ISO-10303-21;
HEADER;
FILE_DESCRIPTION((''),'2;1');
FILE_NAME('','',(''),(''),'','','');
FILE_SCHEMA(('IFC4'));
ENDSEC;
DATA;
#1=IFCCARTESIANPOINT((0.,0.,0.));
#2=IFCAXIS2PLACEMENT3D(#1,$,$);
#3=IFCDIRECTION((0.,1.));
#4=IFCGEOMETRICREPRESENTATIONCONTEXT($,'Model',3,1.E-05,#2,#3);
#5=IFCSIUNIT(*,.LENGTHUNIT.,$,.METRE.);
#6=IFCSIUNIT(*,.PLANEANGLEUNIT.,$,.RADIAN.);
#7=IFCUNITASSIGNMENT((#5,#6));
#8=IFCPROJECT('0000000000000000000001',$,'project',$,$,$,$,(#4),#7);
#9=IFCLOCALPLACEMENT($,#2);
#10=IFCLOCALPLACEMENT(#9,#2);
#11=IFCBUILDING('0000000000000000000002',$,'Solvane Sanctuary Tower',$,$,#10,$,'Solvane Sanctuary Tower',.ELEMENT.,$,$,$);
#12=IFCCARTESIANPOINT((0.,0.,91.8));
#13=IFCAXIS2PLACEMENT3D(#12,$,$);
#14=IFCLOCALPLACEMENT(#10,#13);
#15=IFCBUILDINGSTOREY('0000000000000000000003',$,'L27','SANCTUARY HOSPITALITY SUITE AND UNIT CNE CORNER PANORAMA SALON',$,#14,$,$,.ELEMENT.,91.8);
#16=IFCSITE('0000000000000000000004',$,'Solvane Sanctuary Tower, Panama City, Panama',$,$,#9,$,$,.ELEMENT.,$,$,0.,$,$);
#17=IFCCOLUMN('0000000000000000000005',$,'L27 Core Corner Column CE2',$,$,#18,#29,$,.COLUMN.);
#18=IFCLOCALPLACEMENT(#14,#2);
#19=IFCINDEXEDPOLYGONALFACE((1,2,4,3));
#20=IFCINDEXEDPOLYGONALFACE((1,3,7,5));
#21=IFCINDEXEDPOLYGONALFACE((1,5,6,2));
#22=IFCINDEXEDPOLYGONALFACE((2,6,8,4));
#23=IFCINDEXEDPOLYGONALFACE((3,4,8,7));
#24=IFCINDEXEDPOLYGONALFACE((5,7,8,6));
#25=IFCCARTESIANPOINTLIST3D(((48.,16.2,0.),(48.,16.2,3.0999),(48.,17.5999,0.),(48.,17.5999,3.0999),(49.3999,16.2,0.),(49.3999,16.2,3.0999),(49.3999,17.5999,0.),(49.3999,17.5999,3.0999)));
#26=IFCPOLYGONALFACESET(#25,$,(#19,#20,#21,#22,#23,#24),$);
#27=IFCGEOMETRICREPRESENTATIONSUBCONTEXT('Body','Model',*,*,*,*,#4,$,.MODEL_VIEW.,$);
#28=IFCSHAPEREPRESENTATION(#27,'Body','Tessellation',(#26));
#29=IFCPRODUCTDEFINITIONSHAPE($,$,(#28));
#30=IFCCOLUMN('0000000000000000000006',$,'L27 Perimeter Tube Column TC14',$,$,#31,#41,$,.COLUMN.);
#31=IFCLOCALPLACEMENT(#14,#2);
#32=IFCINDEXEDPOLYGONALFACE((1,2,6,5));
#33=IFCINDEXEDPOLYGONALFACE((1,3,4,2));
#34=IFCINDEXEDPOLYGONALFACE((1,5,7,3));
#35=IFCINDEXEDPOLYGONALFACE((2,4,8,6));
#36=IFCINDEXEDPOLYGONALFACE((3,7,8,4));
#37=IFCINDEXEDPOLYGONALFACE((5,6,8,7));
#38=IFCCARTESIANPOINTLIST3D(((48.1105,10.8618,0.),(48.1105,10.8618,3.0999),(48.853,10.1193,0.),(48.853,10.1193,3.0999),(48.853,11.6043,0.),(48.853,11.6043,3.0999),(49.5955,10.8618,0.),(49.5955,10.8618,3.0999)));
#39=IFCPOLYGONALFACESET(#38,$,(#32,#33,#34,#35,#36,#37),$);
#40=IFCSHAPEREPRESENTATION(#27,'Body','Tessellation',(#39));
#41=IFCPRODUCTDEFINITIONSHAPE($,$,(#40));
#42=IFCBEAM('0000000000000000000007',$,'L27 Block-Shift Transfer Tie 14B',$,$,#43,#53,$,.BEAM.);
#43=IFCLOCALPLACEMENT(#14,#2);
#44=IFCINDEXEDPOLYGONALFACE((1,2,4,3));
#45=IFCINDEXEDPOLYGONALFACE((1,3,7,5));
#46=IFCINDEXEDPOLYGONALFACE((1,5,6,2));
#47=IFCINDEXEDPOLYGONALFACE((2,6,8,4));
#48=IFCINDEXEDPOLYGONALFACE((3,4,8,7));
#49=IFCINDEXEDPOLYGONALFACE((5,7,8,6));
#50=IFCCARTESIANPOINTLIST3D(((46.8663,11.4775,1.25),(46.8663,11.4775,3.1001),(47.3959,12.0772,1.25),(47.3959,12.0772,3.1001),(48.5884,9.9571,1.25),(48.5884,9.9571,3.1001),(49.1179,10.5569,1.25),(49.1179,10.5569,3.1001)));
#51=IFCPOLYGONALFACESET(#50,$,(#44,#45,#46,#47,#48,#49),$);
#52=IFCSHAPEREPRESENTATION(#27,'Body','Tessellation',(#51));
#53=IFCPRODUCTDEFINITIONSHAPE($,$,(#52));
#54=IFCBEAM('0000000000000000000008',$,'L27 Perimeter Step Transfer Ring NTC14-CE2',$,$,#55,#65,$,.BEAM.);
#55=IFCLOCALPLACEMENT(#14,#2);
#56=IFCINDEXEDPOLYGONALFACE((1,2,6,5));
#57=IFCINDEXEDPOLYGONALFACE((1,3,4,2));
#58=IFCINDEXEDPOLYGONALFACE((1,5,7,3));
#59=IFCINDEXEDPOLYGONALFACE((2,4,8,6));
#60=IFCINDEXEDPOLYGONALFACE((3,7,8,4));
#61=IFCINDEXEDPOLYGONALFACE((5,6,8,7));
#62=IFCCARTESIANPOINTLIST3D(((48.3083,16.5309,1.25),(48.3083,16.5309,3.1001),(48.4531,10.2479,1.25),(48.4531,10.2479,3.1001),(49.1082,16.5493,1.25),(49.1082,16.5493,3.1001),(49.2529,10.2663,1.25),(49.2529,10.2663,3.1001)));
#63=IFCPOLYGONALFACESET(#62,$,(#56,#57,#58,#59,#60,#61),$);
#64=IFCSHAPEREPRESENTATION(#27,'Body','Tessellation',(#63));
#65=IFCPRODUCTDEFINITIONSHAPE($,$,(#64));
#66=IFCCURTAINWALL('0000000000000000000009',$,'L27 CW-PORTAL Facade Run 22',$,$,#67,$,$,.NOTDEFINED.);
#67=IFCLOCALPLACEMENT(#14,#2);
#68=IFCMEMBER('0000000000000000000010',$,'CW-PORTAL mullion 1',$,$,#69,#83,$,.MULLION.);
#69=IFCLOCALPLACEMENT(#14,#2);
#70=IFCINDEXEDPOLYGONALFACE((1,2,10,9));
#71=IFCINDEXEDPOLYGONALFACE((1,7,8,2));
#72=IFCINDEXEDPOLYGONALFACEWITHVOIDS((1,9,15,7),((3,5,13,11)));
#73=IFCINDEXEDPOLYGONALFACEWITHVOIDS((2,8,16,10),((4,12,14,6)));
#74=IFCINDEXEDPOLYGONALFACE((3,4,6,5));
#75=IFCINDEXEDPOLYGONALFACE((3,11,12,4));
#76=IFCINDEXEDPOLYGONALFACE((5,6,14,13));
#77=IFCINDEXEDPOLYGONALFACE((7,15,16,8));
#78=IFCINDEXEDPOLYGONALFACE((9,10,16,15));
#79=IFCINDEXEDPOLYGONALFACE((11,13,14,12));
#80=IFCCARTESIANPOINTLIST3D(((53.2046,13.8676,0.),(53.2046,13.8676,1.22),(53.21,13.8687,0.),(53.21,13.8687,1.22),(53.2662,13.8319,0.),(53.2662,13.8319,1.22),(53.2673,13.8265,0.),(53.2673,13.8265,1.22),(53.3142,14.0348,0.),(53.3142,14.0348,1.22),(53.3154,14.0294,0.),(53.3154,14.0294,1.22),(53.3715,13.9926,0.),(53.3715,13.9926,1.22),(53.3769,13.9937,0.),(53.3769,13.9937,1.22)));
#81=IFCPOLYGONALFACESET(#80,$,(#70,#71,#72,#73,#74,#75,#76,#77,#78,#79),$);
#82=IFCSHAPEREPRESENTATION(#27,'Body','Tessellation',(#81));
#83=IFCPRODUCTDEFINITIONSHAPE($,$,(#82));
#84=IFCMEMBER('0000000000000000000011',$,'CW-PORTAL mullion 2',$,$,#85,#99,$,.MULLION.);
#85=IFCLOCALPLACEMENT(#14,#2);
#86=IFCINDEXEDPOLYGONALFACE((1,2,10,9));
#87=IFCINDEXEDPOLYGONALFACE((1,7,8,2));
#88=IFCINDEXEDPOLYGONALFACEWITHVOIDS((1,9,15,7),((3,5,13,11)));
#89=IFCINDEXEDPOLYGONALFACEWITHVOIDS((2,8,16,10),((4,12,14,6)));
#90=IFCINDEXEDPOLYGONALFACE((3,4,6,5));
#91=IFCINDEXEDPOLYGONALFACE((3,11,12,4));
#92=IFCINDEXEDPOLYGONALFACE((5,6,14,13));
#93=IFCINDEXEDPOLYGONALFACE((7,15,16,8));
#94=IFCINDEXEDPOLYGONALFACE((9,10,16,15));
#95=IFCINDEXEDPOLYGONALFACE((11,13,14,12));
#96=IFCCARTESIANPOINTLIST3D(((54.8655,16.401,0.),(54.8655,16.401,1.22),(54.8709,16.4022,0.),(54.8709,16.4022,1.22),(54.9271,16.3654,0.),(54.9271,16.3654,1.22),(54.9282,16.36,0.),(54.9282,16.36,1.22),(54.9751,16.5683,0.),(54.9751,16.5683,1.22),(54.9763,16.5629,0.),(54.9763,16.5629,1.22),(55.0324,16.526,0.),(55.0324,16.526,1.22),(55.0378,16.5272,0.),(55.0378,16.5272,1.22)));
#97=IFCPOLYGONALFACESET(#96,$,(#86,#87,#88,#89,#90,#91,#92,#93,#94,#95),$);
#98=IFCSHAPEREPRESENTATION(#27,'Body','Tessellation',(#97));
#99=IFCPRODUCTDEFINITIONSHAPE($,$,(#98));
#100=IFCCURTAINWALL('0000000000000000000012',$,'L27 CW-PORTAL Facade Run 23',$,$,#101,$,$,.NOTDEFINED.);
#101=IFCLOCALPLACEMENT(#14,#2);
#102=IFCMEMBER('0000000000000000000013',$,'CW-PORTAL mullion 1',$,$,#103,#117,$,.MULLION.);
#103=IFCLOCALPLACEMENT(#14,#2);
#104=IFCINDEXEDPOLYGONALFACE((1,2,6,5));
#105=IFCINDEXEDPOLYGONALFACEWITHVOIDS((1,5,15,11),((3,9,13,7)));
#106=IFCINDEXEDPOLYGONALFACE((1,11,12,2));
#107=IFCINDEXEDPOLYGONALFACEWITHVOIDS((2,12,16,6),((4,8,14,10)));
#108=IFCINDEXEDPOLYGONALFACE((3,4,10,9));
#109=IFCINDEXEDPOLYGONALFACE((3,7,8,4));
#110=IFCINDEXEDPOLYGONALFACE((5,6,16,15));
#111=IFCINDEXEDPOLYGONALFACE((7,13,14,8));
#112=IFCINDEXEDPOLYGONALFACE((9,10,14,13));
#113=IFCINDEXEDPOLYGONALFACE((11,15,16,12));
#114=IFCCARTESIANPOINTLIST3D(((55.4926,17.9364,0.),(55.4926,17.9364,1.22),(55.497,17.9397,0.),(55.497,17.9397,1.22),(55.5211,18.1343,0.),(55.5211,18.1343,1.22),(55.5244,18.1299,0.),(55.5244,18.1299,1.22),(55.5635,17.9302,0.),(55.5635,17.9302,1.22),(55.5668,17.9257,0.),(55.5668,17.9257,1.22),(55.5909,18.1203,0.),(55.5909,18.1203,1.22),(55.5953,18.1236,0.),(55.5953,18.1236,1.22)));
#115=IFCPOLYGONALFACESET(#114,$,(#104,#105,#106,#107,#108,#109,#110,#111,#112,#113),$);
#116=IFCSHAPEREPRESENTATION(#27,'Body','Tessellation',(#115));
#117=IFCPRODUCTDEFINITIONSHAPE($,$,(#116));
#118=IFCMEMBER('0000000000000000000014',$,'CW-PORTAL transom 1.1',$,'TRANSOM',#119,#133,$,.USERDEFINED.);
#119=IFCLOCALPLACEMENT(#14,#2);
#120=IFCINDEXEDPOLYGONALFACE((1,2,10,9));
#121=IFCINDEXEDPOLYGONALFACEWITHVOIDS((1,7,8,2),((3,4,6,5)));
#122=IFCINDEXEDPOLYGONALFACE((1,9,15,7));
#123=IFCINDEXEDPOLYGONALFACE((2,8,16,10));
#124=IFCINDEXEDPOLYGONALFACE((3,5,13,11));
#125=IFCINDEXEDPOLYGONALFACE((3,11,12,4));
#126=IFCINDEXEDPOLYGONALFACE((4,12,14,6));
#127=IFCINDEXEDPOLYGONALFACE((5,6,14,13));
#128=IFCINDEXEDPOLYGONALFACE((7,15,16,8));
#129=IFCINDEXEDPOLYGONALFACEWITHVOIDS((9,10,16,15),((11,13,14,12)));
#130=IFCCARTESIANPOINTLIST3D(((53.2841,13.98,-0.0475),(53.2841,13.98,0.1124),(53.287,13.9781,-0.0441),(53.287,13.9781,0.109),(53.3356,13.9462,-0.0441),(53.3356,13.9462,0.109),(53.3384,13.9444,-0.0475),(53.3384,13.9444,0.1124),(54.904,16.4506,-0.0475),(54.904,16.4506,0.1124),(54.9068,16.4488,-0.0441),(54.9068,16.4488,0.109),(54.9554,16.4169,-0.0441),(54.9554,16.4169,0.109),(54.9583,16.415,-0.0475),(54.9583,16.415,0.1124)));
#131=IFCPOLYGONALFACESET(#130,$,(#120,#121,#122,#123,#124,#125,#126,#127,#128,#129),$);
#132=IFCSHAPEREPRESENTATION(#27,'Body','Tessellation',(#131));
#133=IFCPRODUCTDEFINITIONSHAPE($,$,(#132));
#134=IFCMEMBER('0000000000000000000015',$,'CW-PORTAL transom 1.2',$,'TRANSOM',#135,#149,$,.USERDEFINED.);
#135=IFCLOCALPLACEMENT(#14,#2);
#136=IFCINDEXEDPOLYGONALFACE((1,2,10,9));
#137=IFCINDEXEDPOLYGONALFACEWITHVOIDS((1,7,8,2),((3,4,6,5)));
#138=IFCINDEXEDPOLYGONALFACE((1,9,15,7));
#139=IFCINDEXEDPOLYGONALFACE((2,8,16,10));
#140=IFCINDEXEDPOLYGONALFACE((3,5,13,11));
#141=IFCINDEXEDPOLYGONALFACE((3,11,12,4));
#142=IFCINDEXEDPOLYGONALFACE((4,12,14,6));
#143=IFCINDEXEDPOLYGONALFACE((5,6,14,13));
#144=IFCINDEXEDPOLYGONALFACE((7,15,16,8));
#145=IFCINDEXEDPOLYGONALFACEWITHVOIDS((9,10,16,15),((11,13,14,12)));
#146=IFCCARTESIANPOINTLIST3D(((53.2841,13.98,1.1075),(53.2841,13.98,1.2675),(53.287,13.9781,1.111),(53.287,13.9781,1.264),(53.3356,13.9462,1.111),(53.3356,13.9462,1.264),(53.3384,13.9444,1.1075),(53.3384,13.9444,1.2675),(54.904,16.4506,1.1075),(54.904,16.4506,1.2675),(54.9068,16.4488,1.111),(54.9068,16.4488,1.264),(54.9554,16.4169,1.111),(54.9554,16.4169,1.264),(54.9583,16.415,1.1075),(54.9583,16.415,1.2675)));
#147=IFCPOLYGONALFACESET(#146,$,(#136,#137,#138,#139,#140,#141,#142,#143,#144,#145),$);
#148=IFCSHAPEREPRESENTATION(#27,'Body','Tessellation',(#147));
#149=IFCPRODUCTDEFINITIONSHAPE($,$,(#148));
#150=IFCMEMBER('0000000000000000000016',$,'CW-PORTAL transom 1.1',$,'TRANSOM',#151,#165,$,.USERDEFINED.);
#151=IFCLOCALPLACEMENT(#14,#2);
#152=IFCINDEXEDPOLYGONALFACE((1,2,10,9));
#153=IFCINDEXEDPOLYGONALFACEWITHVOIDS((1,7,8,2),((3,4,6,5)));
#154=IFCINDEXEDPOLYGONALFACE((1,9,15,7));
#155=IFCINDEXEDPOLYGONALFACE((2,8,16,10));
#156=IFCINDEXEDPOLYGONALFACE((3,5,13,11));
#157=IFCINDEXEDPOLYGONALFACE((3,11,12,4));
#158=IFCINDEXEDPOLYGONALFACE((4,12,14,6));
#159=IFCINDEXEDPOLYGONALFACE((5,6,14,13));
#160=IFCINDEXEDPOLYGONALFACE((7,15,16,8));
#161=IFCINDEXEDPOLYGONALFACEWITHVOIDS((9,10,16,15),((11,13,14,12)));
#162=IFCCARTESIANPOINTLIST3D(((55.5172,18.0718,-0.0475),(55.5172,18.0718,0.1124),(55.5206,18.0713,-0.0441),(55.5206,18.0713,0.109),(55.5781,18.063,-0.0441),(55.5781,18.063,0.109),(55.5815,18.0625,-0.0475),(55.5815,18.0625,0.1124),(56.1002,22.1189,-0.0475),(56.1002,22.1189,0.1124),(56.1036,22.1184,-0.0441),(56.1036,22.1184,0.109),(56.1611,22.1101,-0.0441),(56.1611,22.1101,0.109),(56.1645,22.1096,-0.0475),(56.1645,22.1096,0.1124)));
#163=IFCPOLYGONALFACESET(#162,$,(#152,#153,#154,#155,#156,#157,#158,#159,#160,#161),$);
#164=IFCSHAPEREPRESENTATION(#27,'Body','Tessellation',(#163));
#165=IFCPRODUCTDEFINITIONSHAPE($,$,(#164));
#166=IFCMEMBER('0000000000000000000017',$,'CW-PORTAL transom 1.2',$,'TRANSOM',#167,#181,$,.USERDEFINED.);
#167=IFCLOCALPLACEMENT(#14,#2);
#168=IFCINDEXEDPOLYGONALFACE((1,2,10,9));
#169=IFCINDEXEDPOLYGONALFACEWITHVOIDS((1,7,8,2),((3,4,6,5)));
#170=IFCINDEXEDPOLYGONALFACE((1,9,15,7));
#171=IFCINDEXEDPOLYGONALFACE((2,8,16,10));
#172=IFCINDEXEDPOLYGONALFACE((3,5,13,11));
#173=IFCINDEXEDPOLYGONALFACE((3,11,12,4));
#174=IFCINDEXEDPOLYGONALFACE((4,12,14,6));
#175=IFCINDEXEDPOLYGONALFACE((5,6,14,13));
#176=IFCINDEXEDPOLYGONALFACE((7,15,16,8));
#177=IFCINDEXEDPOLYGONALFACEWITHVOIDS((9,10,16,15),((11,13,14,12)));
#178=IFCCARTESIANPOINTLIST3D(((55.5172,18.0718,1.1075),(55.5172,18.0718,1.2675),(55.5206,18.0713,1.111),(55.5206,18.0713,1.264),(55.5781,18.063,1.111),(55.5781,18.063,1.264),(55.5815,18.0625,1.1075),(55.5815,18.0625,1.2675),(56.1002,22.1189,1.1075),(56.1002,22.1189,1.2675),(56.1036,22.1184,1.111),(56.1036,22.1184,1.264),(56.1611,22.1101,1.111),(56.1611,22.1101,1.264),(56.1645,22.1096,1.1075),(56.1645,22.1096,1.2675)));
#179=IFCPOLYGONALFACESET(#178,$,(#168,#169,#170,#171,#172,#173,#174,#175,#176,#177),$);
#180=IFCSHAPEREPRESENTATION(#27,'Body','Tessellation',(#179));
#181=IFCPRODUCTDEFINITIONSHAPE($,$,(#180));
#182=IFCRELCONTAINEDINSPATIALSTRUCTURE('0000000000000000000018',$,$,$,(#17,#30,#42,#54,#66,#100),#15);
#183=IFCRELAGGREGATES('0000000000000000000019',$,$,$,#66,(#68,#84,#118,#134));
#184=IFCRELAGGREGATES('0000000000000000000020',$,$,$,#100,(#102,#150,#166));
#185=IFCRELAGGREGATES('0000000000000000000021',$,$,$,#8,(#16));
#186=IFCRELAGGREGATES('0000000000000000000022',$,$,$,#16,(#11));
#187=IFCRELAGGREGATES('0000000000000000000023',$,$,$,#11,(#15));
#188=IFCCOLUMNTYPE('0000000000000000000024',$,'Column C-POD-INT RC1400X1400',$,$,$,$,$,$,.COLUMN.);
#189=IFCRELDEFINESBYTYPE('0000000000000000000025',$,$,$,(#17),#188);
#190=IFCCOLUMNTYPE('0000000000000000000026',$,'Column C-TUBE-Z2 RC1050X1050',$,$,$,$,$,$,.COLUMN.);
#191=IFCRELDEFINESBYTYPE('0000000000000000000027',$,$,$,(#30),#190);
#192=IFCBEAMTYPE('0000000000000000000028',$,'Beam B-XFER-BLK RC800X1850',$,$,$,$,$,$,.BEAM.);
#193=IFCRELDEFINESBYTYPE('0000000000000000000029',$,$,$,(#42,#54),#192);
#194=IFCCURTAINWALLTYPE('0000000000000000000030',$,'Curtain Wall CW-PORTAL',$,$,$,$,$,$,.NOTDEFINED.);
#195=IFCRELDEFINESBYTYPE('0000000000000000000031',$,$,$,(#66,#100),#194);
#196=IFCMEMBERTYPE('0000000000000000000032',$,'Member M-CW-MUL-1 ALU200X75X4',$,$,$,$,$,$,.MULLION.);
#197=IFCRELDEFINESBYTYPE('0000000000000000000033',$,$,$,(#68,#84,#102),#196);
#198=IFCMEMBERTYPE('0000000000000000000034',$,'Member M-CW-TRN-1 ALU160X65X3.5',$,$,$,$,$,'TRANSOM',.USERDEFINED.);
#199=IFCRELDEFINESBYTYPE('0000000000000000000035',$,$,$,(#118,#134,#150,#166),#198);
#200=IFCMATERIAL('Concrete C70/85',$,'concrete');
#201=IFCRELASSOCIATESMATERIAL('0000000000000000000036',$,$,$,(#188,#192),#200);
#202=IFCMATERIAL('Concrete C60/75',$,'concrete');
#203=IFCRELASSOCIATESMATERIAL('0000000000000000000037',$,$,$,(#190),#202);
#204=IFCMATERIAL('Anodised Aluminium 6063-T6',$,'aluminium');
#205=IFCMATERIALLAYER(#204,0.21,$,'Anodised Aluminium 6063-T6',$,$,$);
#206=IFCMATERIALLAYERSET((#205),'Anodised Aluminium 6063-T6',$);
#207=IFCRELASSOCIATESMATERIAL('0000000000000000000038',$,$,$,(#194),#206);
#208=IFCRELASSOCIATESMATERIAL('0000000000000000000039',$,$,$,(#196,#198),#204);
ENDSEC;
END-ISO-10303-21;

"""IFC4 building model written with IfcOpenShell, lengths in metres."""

from ifc_helpers import new_model, si_unit, direction, frame, origin, origin_2d, place, context, subcontext, project, spatial, rectangle, hollow_rectangle, extrude, material, layer, layer_set, material_profile, profile_set, type_object, element, aggregate, save


model = new_model("IFC4")

# Units and contexts
model_context = context("Model", 3, precision=1e-05, world=origin(), true_north=direction((0.0, 1.0)))
body_context = subcontext(model_context, "Body", "Model", "MODEL_VIEW")
ifc_project = project(units=[si_unit("LENGTHUNIT", "METRE"), si_unit("PLANEANGLEUNIT", "RADIAN")], contexts=[model_context])

# Site, building, storey
site_placement = place(None, origin())
site = spatial("IfcSite", under=ifc_project, at=site_placement, Name="Solvane Sanctuary Tower, Panama City, Panama", CompositionType="ELEMENT", RefElevation=0.0)
building_placement = place(site_placement, origin())
building = spatial("IfcBuilding", under=site, at=building_placement, Name="Solvane Sanctuary Tower", LongName="Solvane Sanctuary Tower", CompositionType="ELEMENT")
storey_placement = place(building_placement, frame((0.0, 0.0, 91.8)))
storey = spatial("IfcBuildingStorey", under=building, at=storey_placement, Name="L27", Description="SANCTUARY HOSPITALITY SUITE AND UNIT CNE CORNER PANORAMA SALON", CompositionType="ELEMENT", Elevation=91.8)

# Columns
ifc_material_1 = material(Name="Concrete C70/85", Category="concrete")
ifc_material_profile_1 = material_profile(ifc_material_1, rectangle(XDim=1.3999, YDim=1.3999, at=origin_2d()), Name="RC1400X1400")
ifc_profile_set_1 = profile_set([ifc_material_profile_1], Name="Concrete C70/85")
column_type_1 = type_object("IfcColumnType", Name="Column C-POD-INT RC1400X1400", PredefinedType="COLUMN", material=ifc_profile_set_1)
column_1_placement = place(storey_placement, frame((48.7, 16.8999, 0.0), z_axis=(0.0, 0.0, 1.0), x_axis=(1.0, 0.0, 0.0)))
element("IfcColumn", 1, at=column_1_placement, inside=storey, type_object=column_type_1, Name="L27 Core Corner Column CE2", PredefinedType="COLUMN", context=body_context, shape_type="SweptSolid", body=[
    extrude(rectangle(XDim=1.3999, YDim=1.3999, at=origin_2d()), origin(), (0.0, 0.0, 1.0), 3.0999),
])
ifc_material_2 = material(Name="Concrete C60/75", Category="concrete")
ifc_material_profile_2 = material_profile(ifc_material_2, rectangle(XDim=1.05, YDim=1.05, at=origin_2d()), Name="RC1050X1050")
ifc_profile_set_2 = profile_set([ifc_material_profile_2], Name="Concrete C60/75")
column_type_2 = type_object("IfcColumnType", Name="Column C-TUBE-Z2 RC1050X1050", PredefinedType="COLUMN", material=ifc_profile_set_2)
column_2_placement = place(storey_placement, frame((48.853, 10.8618, 0.0), z_axis=(0.0, 0.0, 1.0), x_axis=(0.707107, -0.707107, 0.0)))
element("IfcColumn", 2, at=column_2_placement, inside=storey, type_object=column_type_2, Name="L27 Perimeter Tube Column TC14", PredefinedType="COLUMN", context=body_context, shape_type="SweptSolid", body=[
    extrude(rectangle(XDim=1.05, YDim=1.05, at=origin_2d()), origin(), (0.0, 0.0, 1.0), 3.0999),
])

# Beams
ifc_material_profile_3 = material_profile(ifc_material_1, rectangle(XDim=0.8, YDim=1.8501, at=origin_2d()), Name="RC800X1850")
ifc_profile_set_3 = profile_set([ifc_material_profile_3], Name="Concrete C70/85")
beam_type = type_object("IfcBeamType", Name="Beam B-XFER-BLK RC800X1850", PredefinedType="BEAM", material=ifc_profile_set_3)
beam_1_placement = place(storey_placement, frame((47.1311, 11.7773, 2.175), z_axis=(0.749639, -0.661847, 0.0), x_axis=(0.661847, 0.749639, 0.0)))
element("IfcBeam", 3, at=beam_1_placement, inside=storey, type_object=beam_type, Name="L27 Block-Shift Transfer Tie 14B", PredefinedType="BEAM", context=body_context, shape_type="SweptSolid", body=[
    extrude(rectangle(XDim=0.8, YDim=1.8501, at=origin_2d()), origin(), (0.0, 0.0, 1.0), 2.2971),
])
beam_2_placement = place(storey_placement, frame((48.853, 10.2571, 2.175), z_axis=(-0.023036, 0.999735, 0.0), x_axis=(-0.999735, -0.023036, 0.0)))
element("IfcBeam", 4, at=beam_2_placement, inside=storey, type_object=beam_type, Name="L27 Perimeter Step Transfer Ring NTC14-CE2", PredefinedType="BEAM", context=body_context, shape_type="SweptSolid", body=[
    extrude(rectangle(XDim=0.8, YDim=1.8501, at=origin_2d()), origin(), (0.0, 0.0, 1.0), 6.2847),
])

# Curtain wall, members
ifc_material_3 = material(Name="Anodised Aluminium 6063-T6", Category="aluminium")
ifc_layer_1 = layer(ifc_material_3, 0.21, Name="Anodised Aluminium 6063-T6")
ifc_layer_set_1 = layer_set([ifc_layer_1], Name="Anodised Aluminium 6063-T6")
curtain_wall_type = type_object("IfcCurtainWallType", Name="Curtain Wall CW-PORTAL", PredefinedType="NOTDEFINED", material=ifc_layer_set_1)
curtain_wall_1_placement = place(storey_placement, origin())
curtain_wall_1 = element("IfcCurtainWall", 5, at=curtain_wall_1_placement, inside=storey, type_object=curtain_wall_type, Name="L27 CW-PORTAL Facade Run 22", PredefinedType="NOTDEFINED")
ifc_material_profile_4 = material_profile(ifc_material_3, hollow_rectangle(XDim=0.075, YDim=0.2, WallThickness=0.0039, at=origin_2d()), Name="ALU200X75X4")
ifc_profile_set_4 = profile_set([ifc_material_profile_4], Name="Anodised Aluminium 6063-T6")
member_type_1 = type_object("IfcMemberType", Name="Member M-CW-MUL-1 ALU200X75X4", PredefinedType="MULLION", material=ifc_profile_set_4)
member_1_placement = place(storey_placement, frame((53.2908, 13.9307, 0.0), z_axis=(0.0, 0.0, 1.0), x_axis=(-0.836298, 0.548276, 0.0)))
member_1 = element("IfcMember", 6, at=member_1_placement, type_object=member_type_1, Name="CW-PORTAL mullion 1", PredefinedType="MULLION", context=body_context, shape_type="SweptSolid", body=[
    extrude(hollow_rectangle(XDim=0.075, YDim=0.2, WallThickness=0.0039, at=origin_2d()), origin(), (0.0, 0.0, 1.0), 1.22),
])
member_2_placement = place(storey_placement, frame((54.9517, 16.4641, 0.0), z_axis=(0.0, 0.0, 1.0), x_axis=(-0.836298, 0.548276, 0.0)))
member_2 = element("IfcMember", 7, at=member_2_placement, type_object=member_type_1, Name="CW-PORTAL mullion 2", PredefinedType="MULLION", context=body_context, shape_type="SweptSolid", body=[
    extrude(hollow_rectangle(XDim=0.075, YDim=0.2, WallThickness=0.0039, at=origin_2d()), origin(), (0.0, 0.0, 1.0), 1.22),
])

# Curtain wall, member
curtain_wall_2_placement = place(storey_placement, origin())
curtain_wall_2 = element("IfcCurtainWall", 8, at=curtain_wall_2_placement, inside=storey, type_object=curtain_wall_type, Name="L27 CW-PORTAL Facade Run 23", PredefinedType="NOTDEFINED")
member_3_placement = place(storey_placement, frame((55.5439, 18.03, 0.0), z_axis=(0.0, 0.0, 1.0), x_axis=(-0.989782, 0.142587, 0.0)))
member_3 = element("IfcMember", 9, at=member_3_placement, type_object=member_type_1, Name="CW-PORTAL mullion 1", PredefinedType="MULLION", context=body_context, shape_type="SweptSolid", body=[
    extrude(hollow_rectangle(XDim=0.075, YDim=0.2, WallThickness=0.0039, at=origin_2d()), origin(), (0.0, 0.0, 1.0), 1.22),
])

# Members
ifc_material_profile_5 = material_profile(ifc_material_3, hollow_rectangle(XDim=0.0649, YDim=0.1599, WallThickness=0.0034, at=origin_2d()), Name="ALU160X65X3.5")
ifc_profile_set_5 = profile_set([ifc_material_profile_5], Name="Anodised Aluminium 6063-T6")
member_type_2 = type_object("IfcMemberType", Name="Member M-CW-TRN-1 ALU160X65X3.5", ElementType="TRANSOM", PredefinedType="USERDEFINED", material=ifc_profile_set_5)
member_4_placement = place(storey_placement, frame((53.3113, 13.9622, 0.0325), z_axis=(0.548295, 0.836285, 0.0), x_axis=(-0.836285, 0.548295, 0.0)))
member_4 = element("IfcMember", 10, at=member_4_placement, type_object=member_type_2, Name="CW-PORTAL transom 1.1", ObjectType="TRANSOM", PredefinedType="USERDEFINED", context=body_context, shape_type="SweptSolid", body=[
    extrude(hollow_rectangle(XDim=0.0649, YDim=0.1599, WallThickness=0.0034, at=origin_2d()), origin(), (0.0, 0.0, 1.0), 2.9543),
])
member_5_placement = place(storey_placement, frame((53.3113, 13.9622, 1.1875), z_axis=(0.548295, 0.836285, 0.0), x_axis=(-0.836285, 0.548295, 0.0)))
member_5 = element("IfcMember", 11, at=member_5_placement, type_object=member_type_2, Name="CW-PORTAL transom 1.2", ObjectType="TRANSOM", PredefinedType="USERDEFINED", context=body_context, shape_type="SweptSolid", body=[
    extrude(hollow_rectangle(XDim=0.0649, YDim=0.1599, WallThickness=0.0034, at=origin_2d()), origin(), (0.0, 0.0, 1.0), 2.9543),
])
member_6_placement = place(storey_placement, frame((55.5493, 18.0671, 0.0325), z_axis=(0.142583, 0.989783, 0.0), x_axis=(-0.989783, 0.142583, 0.0)))
member_6 = element("IfcMember", 12, at=member_6_placement, type_object=member_type_2, Name="CW-PORTAL transom 1.1", ObjectType="TRANSOM", PredefinedType="USERDEFINED", context=body_context, shape_type="SweptSolid", body=[
    extrude(hollow_rectangle(XDim=0.0649, YDim=0.1599, WallThickness=0.0034, at=origin_2d()), origin(), (0.0, 0.0, 1.0), 4.0889),
])
member_7_placement = place(storey_placement, frame((55.5493, 18.0671, 1.1875), z_axis=(0.142583, 0.989783, 0.0), x_axis=(-0.989783, 0.142583, 0.0)))
member_7 = element("IfcMember", 13, at=member_7_placement, type_object=member_type_2, Name="CW-PORTAL transom 1.2", ObjectType="TRANSOM", PredefinedType="USERDEFINED", context=body_context, shape_type="SweptSolid", body=[
    extrude(hollow_rectangle(XDim=0.0649, YDim=0.1599, WallThickness=0.0034, at=origin_2d()), origin(), (0.0, 0.0, 1.0), 4.0889),
])

aggregate(curtain_wall_1, [member_1, member_2, member_4, member_5])
aggregate(curtain_wall_2, [member_3, member_6, member_7])

save(model, "model.ifc")
